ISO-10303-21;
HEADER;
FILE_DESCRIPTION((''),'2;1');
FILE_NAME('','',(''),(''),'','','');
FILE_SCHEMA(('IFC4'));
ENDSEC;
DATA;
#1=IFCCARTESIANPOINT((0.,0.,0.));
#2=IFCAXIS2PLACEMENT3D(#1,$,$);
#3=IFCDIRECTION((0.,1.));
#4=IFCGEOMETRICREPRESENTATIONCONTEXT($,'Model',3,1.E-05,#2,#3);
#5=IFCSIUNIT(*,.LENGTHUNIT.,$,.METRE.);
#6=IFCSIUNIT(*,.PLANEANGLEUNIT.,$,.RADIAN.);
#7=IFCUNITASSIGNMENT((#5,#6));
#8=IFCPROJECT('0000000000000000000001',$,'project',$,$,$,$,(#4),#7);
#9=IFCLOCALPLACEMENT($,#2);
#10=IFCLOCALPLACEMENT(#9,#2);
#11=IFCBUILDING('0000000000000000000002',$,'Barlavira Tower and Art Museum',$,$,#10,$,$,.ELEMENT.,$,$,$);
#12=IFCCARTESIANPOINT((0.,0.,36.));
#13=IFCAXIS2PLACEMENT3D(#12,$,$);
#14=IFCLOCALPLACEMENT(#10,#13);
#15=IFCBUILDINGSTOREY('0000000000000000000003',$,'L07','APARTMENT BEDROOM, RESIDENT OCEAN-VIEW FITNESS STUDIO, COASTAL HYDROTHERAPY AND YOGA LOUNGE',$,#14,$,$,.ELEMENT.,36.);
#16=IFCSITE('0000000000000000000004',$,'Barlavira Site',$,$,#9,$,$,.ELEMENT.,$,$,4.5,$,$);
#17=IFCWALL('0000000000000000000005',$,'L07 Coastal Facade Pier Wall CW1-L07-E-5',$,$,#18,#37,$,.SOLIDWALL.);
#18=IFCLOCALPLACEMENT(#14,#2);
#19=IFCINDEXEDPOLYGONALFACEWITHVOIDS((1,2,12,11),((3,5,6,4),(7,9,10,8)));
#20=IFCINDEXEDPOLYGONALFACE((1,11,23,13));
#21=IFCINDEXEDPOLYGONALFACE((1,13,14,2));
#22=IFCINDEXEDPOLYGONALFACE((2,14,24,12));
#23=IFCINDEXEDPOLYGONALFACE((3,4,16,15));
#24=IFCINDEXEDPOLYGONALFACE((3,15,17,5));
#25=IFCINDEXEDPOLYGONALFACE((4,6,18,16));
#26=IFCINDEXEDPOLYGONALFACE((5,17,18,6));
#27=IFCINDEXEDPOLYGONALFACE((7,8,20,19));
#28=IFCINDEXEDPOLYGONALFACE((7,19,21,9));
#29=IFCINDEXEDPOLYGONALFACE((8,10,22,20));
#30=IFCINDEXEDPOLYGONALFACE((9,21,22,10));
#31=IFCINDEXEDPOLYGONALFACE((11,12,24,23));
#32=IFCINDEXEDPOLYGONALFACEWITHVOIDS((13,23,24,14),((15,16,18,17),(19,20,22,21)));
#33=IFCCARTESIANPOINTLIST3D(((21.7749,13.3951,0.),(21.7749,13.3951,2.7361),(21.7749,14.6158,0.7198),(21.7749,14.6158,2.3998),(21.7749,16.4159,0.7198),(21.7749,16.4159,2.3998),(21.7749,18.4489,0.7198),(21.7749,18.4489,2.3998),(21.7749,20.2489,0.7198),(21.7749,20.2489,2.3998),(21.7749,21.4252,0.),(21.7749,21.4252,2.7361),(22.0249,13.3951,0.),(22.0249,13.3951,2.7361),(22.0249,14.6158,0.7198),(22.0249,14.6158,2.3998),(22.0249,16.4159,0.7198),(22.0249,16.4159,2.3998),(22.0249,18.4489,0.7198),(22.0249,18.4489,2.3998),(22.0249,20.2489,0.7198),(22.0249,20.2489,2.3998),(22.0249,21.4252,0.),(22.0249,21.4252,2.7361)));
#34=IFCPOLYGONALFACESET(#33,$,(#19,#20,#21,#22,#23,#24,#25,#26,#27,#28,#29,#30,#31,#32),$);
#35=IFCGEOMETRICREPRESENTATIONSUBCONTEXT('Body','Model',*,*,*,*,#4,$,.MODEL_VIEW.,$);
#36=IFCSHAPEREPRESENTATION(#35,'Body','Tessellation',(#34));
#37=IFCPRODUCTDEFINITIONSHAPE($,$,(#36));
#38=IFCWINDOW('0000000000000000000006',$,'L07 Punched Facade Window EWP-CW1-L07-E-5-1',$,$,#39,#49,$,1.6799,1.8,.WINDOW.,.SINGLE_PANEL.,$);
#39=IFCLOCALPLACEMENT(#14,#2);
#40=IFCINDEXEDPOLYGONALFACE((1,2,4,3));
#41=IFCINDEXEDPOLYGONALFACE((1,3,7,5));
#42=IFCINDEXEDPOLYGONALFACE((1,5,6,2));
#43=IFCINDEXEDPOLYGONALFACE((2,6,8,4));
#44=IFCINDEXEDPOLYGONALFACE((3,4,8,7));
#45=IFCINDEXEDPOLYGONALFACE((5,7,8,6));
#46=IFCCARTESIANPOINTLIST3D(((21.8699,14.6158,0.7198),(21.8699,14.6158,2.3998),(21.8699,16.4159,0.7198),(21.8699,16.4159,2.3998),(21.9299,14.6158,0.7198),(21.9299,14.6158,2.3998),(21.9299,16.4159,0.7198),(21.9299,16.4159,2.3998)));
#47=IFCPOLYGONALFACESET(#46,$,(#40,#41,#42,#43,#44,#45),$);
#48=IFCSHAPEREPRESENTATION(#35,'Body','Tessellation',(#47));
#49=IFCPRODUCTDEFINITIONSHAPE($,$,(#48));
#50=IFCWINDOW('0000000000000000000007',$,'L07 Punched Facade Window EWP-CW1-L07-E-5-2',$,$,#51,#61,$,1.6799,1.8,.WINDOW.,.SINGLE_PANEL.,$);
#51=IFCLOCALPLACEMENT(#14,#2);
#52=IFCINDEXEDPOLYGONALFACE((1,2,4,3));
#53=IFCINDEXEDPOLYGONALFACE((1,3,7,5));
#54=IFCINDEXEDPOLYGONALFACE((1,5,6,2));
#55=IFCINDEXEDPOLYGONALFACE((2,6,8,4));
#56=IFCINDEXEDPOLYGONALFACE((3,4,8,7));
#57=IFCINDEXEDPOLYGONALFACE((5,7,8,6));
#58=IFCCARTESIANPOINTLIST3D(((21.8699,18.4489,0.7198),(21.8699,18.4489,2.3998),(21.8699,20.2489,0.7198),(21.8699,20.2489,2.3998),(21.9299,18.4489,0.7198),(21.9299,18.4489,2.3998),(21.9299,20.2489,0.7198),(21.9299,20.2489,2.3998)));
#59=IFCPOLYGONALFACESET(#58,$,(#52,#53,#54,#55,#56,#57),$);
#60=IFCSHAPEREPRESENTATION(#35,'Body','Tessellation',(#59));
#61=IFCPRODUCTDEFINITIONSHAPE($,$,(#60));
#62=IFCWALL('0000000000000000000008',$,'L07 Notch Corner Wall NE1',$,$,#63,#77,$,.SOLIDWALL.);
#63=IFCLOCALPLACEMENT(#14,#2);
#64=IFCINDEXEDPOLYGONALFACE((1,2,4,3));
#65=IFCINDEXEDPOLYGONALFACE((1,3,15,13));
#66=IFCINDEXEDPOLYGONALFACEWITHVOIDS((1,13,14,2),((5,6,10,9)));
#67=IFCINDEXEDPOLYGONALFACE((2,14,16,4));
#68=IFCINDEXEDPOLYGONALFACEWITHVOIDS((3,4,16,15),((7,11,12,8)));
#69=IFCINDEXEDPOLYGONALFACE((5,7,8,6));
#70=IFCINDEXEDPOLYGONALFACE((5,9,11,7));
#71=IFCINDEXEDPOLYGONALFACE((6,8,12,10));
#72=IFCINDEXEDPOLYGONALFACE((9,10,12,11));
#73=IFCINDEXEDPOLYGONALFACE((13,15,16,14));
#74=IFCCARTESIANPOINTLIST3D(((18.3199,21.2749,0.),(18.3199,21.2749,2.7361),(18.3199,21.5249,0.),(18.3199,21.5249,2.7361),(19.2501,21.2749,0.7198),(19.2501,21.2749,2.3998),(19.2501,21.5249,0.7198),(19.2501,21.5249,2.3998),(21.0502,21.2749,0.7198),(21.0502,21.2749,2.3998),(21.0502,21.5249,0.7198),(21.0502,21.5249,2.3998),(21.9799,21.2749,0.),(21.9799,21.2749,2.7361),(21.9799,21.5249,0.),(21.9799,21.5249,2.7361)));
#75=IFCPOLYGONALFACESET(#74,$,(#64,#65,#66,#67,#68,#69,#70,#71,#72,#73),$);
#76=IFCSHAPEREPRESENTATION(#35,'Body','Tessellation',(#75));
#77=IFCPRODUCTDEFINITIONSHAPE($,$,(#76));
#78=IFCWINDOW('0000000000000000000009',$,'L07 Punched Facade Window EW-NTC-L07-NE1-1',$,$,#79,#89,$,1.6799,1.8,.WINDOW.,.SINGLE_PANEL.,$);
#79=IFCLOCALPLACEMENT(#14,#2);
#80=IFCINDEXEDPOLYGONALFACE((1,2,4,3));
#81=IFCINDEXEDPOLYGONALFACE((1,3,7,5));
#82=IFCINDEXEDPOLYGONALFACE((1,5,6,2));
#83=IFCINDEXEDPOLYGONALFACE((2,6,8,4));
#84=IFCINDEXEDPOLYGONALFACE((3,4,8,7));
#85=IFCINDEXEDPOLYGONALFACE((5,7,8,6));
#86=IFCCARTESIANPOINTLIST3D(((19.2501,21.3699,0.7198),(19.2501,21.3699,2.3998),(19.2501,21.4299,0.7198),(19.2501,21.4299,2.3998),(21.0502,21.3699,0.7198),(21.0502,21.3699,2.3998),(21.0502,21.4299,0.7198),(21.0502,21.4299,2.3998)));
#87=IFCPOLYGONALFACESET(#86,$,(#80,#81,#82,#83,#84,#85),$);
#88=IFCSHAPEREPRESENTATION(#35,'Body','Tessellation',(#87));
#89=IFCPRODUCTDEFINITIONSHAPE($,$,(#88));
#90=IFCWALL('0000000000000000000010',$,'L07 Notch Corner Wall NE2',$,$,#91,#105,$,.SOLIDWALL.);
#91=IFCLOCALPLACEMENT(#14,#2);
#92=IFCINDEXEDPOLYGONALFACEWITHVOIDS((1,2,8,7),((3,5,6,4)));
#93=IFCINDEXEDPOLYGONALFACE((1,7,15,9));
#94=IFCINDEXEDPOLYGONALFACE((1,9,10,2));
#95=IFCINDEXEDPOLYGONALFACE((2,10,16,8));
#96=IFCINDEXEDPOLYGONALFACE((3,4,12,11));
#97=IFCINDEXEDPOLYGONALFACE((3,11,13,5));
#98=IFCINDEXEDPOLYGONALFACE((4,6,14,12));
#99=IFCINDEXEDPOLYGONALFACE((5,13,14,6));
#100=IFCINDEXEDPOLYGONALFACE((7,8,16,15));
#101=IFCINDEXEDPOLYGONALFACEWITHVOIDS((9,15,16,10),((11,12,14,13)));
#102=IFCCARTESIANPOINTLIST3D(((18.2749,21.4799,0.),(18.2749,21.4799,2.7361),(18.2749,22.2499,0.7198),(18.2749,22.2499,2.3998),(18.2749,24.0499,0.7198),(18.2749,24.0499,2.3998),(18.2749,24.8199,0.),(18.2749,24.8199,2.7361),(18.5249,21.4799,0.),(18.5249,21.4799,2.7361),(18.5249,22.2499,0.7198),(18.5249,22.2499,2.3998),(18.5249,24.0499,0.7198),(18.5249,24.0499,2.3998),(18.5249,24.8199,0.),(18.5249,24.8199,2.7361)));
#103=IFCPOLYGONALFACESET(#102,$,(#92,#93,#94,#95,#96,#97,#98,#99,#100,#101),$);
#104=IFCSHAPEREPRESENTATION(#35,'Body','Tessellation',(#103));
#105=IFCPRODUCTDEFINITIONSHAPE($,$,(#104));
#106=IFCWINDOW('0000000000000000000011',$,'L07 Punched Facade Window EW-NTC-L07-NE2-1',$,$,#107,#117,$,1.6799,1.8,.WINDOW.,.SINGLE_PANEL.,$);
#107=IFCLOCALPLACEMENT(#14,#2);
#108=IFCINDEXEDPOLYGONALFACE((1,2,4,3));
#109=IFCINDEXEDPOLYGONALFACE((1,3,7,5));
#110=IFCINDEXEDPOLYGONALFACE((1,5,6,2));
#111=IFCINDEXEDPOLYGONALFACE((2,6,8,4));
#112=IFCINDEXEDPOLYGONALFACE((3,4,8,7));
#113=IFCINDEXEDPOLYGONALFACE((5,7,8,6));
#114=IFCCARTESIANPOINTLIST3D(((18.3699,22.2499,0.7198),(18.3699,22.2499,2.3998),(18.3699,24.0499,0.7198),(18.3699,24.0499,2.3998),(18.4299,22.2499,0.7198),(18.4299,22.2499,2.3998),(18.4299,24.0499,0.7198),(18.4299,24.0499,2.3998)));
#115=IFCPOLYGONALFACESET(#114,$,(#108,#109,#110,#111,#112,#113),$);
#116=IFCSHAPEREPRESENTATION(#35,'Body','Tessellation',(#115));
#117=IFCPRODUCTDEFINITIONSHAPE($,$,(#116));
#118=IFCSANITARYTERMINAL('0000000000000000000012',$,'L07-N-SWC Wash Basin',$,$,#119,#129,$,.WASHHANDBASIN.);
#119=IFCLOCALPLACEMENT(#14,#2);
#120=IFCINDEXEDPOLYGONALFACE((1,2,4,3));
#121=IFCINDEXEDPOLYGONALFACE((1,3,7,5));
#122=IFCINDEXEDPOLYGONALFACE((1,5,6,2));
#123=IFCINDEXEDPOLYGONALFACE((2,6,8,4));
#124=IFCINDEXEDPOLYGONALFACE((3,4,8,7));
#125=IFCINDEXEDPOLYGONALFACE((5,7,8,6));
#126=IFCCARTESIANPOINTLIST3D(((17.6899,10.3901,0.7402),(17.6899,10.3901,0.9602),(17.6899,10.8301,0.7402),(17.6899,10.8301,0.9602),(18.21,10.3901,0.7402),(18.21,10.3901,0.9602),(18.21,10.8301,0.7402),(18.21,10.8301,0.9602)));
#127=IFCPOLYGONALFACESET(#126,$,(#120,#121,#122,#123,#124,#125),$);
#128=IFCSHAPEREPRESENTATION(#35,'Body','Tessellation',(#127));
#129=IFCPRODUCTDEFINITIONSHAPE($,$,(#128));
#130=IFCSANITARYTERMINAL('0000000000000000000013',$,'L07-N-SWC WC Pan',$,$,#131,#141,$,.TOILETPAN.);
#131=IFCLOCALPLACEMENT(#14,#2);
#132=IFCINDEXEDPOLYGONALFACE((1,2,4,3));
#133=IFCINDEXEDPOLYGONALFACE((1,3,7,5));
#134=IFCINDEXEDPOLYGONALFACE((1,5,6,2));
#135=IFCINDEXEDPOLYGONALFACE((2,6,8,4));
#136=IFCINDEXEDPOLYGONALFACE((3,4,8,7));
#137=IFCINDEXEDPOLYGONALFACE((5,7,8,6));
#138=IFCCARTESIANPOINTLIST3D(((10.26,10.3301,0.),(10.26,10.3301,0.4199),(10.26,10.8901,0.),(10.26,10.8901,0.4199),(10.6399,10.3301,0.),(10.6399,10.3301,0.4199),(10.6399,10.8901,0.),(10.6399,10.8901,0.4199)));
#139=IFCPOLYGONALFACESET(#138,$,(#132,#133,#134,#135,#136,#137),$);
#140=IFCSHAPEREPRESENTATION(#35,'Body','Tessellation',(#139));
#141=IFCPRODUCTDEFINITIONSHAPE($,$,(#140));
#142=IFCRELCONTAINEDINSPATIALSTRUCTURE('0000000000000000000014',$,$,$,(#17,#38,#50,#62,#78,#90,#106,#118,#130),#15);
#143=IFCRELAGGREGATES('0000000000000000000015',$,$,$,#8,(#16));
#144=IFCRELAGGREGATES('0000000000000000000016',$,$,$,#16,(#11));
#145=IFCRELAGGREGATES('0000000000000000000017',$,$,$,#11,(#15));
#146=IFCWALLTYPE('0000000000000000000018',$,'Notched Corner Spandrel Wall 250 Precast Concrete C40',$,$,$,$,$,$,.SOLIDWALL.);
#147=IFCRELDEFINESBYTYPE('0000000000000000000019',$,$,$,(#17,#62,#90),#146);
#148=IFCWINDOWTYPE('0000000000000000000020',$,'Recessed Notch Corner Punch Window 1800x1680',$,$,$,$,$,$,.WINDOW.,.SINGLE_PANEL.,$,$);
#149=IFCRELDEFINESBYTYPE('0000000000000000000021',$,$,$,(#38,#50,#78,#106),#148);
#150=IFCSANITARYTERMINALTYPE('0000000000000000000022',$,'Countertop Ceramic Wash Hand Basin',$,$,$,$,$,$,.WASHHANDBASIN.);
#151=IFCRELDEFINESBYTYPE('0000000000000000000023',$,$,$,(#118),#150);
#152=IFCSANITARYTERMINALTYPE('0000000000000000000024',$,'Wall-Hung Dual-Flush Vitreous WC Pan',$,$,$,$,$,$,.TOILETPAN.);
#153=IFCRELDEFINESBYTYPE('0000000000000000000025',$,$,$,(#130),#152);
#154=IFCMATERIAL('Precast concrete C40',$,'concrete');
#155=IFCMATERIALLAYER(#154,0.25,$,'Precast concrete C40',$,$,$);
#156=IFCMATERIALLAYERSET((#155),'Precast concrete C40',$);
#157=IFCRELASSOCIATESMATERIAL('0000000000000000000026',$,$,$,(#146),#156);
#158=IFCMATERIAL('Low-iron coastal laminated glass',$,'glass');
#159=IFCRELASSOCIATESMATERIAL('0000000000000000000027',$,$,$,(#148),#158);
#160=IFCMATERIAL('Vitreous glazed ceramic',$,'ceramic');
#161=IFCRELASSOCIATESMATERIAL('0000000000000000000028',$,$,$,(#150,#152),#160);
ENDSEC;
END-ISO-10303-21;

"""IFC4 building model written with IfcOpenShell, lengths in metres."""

from ifc_helpers import new_model, si_unit, direction, frame, frame_2d, origin, origin_2d, place, context, subcontext, project, spatial, rectangle, extrude, material, layer, layer_set, type_object, element, fill, save


model = new_model("IFC4")

# Units and contexts
model_context = context("Model", 3, precision=1e-05, world=origin(), true_north=direction((0.0, 1.0)))
body_context = subcontext(model_context, "Body", "Model", "MODEL_VIEW")
ifc_project = project(units=[si_unit("LENGTHUNIT", "METRE"), si_unit("PLANEANGLEUNIT", "RADIAN")], contexts=[model_context])

# Site, building, storey
site_placement = place(None, origin())
site = spatial("IfcSite", under=ifc_project, at=site_placement, Name="Barlavira Site", CompositionType="ELEMENT", RefElevation=4.5)
building_placement = place(site_placement, origin())
building = spatial("IfcBuilding", under=site, at=building_placement, Name="Barlavira Tower and Art Museum", CompositionType="ELEMENT")
storey_placement = place(building_placement, frame((0.0, 0.0, 36.0)))
storey = spatial("IfcBuildingStorey", under=building, at=storey_placement, Name="L07", Description="APARTMENT BEDROOM, RESIDENT OCEAN-VIEW FITNESS STUDIO, COASTAL HYDROTHERAPY AND YOGA LOUNGE", CompositionType="ELEMENT", Elevation=36.0)

# Shared definitions
ifc_material_1 = material(Name="Precast concrete C40", Category="concrete")
ifc_layer_1 = layer(ifc_material_1, 0.25, Name="Precast concrete C40")
ifc_layer_set_1 = layer_set([ifc_layer_1], Name="Precast concrete C40")
wall_type_1 = type_object("IfcWallType", Name="Notched Corner Spandrel Wall 250 Precast Concrete C40", PredefinedType="SOLIDWALL", material=ifc_layer_set_1)
ifc_material_2 = material(Name="Low-iron coastal laminated glass", Category="glass")
window_type = type_object("IfcWindowType", Name="Recessed Notch Corner Punch Window 1800x1680", PartitioningType="SINGLE_PANEL", PredefinedType="WINDOW", material=ifc_material_2)

# Wall, openings, windows
wall_1_placement = place(storey_placement, frame((21.8999, 13.395, 0.0), z_axis=(0.0, 0.0, 1.0), x_axis=(0.0, 1.0, 0.0)))
wall_1 = element("IfcWall", 1, at=wall_1_placement, inside=storey, type_object=wall_type_1, Name="L07 Coastal Facade Pier Wall CW1-L07-E-5", PredefinedType="SOLIDWALL", context=body_context, shape_type="SweptSolid", body=[
    extrude(rectangle(XDim=8.03, YDim=0.25, at=frame_2d((4.0151, 0.0))), origin(), (0.0, 0.0, 1.0), 2.7361),
])
opening_1_placement = place(wall_1_placement, frame((1.2209, 0.0, 0.72)))
opening_1 = element("IfcOpeningElement", 2, at=opening_1_placement, cuts=wall_1, PredefinedType="OPENING", context=body_context, shape_type="SweptSolid", body=[
    extrude(rectangle(XDim=1.8, YDim=1.6799, at=frame_2d((0.8999, 0.8398))), frame((0.0, 0.135, 0.0), z_axis=(0.0, -1.0, 0.0), x_axis=(1.0, 0.0, 0.0)), (0.0, 0.0, 1.0), 0.27),
])
opening_2_placement = place(wall_1_placement, frame((5.054, 0.0, 0.72)))
opening_2 = element("IfcOpeningElement", 3, at=opening_2_placement, cuts=wall_1, PredefinedType="OPENING", context=body_context, shape_type="SweptSolid", body=[
    extrude(rectangle(XDim=1.8, YDim=1.6799, at=frame_2d((0.8999, 0.8398))), frame((0.0, 0.135, 0.0), z_axis=(0.0, -1.0, 0.0), x_axis=(1.0, 0.0, 0.0)), (0.0, 0.0, 1.0), 0.27),
])
window_1_placement = place(opening_1_placement, origin())
window_1 = element("IfcWindow", 4, at=window_1_placement, inside=storey, type_object=window_type, Name="L07 Punched Facade Window EWP-CW1-L07-E-5-1", OverallHeight=1.6799, OverallWidth=1.8, PartitioningType="SINGLE_PANEL", PredefinedType="WINDOW", context=body_context, shape_type="SweptSolid", body=[
    extrude(rectangle(XDim=1.8, YDim=1.6799, at=frame_2d((0.8999, 0.8398))), frame((0.0, 0.03, 0.0), z_axis=(0.0, -1.0, 0.0), x_axis=(1.0, 0.0, 0.0)), (0.0, 0.0, 1.0), 0.0601),
])
fill(opening_1, window_1)
window_2_placement = place(opening_2_placement, origin())
window_2 = element("IfcWindow", 5, at=window_2_placement, inside=storey, type_object=window_type, Name="L07 Punched Facade Window EWP-CW1-L07-E-5-2", OverallHeight=1.6799, OverallWidth=1.8, PartitioningType="SINGLE_PANEL", PredefinedType="WINDOW", context=body_context, shape_type="SweptSolid", body=[
    extrude(rectangle(XDim=1.8, YDim=1.6799, at=frame_2d((0.8999, 0.8398))), frame((0.0, 0.03, 0.0), z_axis=(0.0, -1.0, 0.0), x_axis=(1.0, 0.0, 0.0)), (0.0, 0.0, 1.0), 0.0601),
])
fill(opening_2, window_2)

# Walls, openings, windows
wall_2_placement = place(storey_placement, frame((21.98, 21.3999, 0.0), z_axis=(0.0, 0.0, 1.0), x_axis=(-1.0, 0.0, 0.0)))
wall_2 = element("IfcWall", 6, at=wall_2_placement, inside=storey, type_object=wall_type_1, Name="L07 Notch Corner Wall NE1", PredefinedType="SOLIDWALL", context=body_context, shape_type="SweptSolid", body=[
    extrude(rectangle(XDim=3.6599, YDim=0.25, at=frame_2d((1.8301, 0.0))), origin(), (0.0, 0.0, 1.0), 2.7361),
])
opening_3_placement = place(wall_2_placement, frame((0.9299, 0.0, 0.72)))
opening_3 = element("IfcOpeningElement", 7, at=opening_3_placement, cuts=wall_2, PredefinedType="OPENING", context=body_context, shape_type="SweptSolid", body=[
    extrude(rectangle(XDim=1.8, YDim=1.6799, at=frame_2d((0.8999, 0.8398))), frame((0.0, 0.135, 0.0), z_axis=(0.0, -1.0, 0.0), x_axis=(1.0, 0.0, 0.0)), (0.0, 0.0, 1.0), 0.27),
])
window_3_placement = place(opening_3_placement, origin())
window_3 = element("IfcWindow", 8, at=window_3_placement, inside=storey, type_object=window_type, Name="L07 Punched Facade Window EW-NTC-L07-NE1-1", OverallHeight=1.6799, OverallWidth=1.8, PartitioningType="SINGLE_PANEL", PredefinedType="WINDOW", context=body_context, shape_type="SweptSolid", body=[
    extrude(rectangle(XDim=1.8, YDim=1.6799, at=frame_2d((0.8999, 0.8398))), frame((0.0, 0.03, 0.0), z_axis=(0.0, -1.0, 0.0), x_axis=(1.0, 0.0, 0.0)), (0.0, 0.0, 1.0), 0.0601),
])
fill(opening_3, window_3)
wall_3_placement = place(storey_placement, frame((18.3999, 21.48, 0.0), z_axis=(0.0, 0.0, 1.0), x_axis=(0.0, 1.0, 0.0)))
wall_3 = element("IfcWall", 9, at=wall_3_placement, inside=storey, type_object=wall_type_1, Name="L07 Notch Corner Wall NE2", PredefinedType="SOLIDWALL", context=body_context, shape_type="SweptSolid", body=[
    extrude(rectangle(XDim=3.3401, YDim=0.25, at=frame_2d((1.6699, 0.0))), origin(), (0.0, 0.0, 1.0), 2.7361),
])
opening_4_placement = place(wall_3_placement, frame((0.77, 0.0, 0.72)))
opening_4 = element("IfcOpeningElement", 10, at=opening_4_placement, cuts=wall_3, PredefinedType="OPENING", context=body_context, shape_type="SweptSolid", body=[
    extrude(rectangle(XDim=1.8, YDim=1.6799, at=frame_2d((0.8999, 0.8398))), frame((0.0, 0.135, 0.0), z_axis=(0.0, -1.0, 0.0), x_axis=(1.0, 0.0, 0.0)), (0.0, 0.0, 1.0), 0.27),
])
window_4_placement = place(opening_4_placement, origin())
window_4 = element("IfcWindow", 11, at=window_4_placement, inside=storey, type_object=window_type, Name="L07 Punched Facade Window EW-NTC-L07-NE2-1", OverallHeight=1.6799, OverallWidth=1.8, PartitioningType="SINGLE_PANEL", PredefinedType="WINDOW", context=body_context, shape_type="SweptSolid", body=[
    extrude(rectangle(XDim=1.8, YDim=1.6799, at=frame_2d((0.8999, 0.8398))), frame((0.0, 0.03, 0.0), z_axis=(0.0, -1.0, 0.0), x_axis=(1.0, 0.0, 0.0)), (0.0, 0.0, 1.0), 0.0601),
])
fill(opening_4, window_4)

# Sanitary terminals
ifc_material_3 = material(Name="Vitreous glazed ceramic", Category="ceramic")
sanitary_terminal_type_1 = type_object("IfcSanitaryTerminalType", Name="Countertop Ceramic Wash Hand Basin", PredefinedType="WASHHANDBASIN", material=ifc_material_3)
sanitary_terminal_1_placement = place(storey_placement, frame((17.95, 10.6101, 0.7402), z_axis=(0.0, 0.0, 1.0), x_axis=(1.0, 0.0, 0.0)))
element("IfcSanitaryTerminal", 12, at=sanitary_terminal_1_placement, inside=storey, type_object=sanitary_terminal_type_1, Name="L07-N-SWC Wash Basin", PredefinedType="WASHHANDBASIN", context=body_context, shape_type="SweptSolid", body=[
    extrude(rectangle(XDim=0.52, YDim=0.4399, at=origin_2d()), origin(), (0.0, 0.0, 1.0), 0.22),
])
sanitary_terminal_type_2 = type_object("IfcSanitaryTerminalType", Name="Wall-Hung Dual-Flush Vitreous WC Pan", PredefinedType="TOILETPAN", material=ifc_material_3)
sanitary_terminal_2_placement = place(storey_placement, frame((10.45, 10.6101, 0.0), z_axis=(0.0, 0.0, 1.0), x_axis=(1.0, 0.0, 0.0)))
element("IfcSanitaryTerminal", 13, at=sanitary_terminal_2_placement, inside=storey, type_object=sanitary_terminal_type_2, Name="L07-N-SWC WC Pan", PredefinedType="TOILETPAN", context=body_context, shape_type="SweptSolid", body=[
    extrude(rectangle(XDim=0.3799, YDim=0.5601, at=origin_2d()), origin(), (0.0, 0.0, 1.0), 0.4199),
])

save(model, "model.ifc")
